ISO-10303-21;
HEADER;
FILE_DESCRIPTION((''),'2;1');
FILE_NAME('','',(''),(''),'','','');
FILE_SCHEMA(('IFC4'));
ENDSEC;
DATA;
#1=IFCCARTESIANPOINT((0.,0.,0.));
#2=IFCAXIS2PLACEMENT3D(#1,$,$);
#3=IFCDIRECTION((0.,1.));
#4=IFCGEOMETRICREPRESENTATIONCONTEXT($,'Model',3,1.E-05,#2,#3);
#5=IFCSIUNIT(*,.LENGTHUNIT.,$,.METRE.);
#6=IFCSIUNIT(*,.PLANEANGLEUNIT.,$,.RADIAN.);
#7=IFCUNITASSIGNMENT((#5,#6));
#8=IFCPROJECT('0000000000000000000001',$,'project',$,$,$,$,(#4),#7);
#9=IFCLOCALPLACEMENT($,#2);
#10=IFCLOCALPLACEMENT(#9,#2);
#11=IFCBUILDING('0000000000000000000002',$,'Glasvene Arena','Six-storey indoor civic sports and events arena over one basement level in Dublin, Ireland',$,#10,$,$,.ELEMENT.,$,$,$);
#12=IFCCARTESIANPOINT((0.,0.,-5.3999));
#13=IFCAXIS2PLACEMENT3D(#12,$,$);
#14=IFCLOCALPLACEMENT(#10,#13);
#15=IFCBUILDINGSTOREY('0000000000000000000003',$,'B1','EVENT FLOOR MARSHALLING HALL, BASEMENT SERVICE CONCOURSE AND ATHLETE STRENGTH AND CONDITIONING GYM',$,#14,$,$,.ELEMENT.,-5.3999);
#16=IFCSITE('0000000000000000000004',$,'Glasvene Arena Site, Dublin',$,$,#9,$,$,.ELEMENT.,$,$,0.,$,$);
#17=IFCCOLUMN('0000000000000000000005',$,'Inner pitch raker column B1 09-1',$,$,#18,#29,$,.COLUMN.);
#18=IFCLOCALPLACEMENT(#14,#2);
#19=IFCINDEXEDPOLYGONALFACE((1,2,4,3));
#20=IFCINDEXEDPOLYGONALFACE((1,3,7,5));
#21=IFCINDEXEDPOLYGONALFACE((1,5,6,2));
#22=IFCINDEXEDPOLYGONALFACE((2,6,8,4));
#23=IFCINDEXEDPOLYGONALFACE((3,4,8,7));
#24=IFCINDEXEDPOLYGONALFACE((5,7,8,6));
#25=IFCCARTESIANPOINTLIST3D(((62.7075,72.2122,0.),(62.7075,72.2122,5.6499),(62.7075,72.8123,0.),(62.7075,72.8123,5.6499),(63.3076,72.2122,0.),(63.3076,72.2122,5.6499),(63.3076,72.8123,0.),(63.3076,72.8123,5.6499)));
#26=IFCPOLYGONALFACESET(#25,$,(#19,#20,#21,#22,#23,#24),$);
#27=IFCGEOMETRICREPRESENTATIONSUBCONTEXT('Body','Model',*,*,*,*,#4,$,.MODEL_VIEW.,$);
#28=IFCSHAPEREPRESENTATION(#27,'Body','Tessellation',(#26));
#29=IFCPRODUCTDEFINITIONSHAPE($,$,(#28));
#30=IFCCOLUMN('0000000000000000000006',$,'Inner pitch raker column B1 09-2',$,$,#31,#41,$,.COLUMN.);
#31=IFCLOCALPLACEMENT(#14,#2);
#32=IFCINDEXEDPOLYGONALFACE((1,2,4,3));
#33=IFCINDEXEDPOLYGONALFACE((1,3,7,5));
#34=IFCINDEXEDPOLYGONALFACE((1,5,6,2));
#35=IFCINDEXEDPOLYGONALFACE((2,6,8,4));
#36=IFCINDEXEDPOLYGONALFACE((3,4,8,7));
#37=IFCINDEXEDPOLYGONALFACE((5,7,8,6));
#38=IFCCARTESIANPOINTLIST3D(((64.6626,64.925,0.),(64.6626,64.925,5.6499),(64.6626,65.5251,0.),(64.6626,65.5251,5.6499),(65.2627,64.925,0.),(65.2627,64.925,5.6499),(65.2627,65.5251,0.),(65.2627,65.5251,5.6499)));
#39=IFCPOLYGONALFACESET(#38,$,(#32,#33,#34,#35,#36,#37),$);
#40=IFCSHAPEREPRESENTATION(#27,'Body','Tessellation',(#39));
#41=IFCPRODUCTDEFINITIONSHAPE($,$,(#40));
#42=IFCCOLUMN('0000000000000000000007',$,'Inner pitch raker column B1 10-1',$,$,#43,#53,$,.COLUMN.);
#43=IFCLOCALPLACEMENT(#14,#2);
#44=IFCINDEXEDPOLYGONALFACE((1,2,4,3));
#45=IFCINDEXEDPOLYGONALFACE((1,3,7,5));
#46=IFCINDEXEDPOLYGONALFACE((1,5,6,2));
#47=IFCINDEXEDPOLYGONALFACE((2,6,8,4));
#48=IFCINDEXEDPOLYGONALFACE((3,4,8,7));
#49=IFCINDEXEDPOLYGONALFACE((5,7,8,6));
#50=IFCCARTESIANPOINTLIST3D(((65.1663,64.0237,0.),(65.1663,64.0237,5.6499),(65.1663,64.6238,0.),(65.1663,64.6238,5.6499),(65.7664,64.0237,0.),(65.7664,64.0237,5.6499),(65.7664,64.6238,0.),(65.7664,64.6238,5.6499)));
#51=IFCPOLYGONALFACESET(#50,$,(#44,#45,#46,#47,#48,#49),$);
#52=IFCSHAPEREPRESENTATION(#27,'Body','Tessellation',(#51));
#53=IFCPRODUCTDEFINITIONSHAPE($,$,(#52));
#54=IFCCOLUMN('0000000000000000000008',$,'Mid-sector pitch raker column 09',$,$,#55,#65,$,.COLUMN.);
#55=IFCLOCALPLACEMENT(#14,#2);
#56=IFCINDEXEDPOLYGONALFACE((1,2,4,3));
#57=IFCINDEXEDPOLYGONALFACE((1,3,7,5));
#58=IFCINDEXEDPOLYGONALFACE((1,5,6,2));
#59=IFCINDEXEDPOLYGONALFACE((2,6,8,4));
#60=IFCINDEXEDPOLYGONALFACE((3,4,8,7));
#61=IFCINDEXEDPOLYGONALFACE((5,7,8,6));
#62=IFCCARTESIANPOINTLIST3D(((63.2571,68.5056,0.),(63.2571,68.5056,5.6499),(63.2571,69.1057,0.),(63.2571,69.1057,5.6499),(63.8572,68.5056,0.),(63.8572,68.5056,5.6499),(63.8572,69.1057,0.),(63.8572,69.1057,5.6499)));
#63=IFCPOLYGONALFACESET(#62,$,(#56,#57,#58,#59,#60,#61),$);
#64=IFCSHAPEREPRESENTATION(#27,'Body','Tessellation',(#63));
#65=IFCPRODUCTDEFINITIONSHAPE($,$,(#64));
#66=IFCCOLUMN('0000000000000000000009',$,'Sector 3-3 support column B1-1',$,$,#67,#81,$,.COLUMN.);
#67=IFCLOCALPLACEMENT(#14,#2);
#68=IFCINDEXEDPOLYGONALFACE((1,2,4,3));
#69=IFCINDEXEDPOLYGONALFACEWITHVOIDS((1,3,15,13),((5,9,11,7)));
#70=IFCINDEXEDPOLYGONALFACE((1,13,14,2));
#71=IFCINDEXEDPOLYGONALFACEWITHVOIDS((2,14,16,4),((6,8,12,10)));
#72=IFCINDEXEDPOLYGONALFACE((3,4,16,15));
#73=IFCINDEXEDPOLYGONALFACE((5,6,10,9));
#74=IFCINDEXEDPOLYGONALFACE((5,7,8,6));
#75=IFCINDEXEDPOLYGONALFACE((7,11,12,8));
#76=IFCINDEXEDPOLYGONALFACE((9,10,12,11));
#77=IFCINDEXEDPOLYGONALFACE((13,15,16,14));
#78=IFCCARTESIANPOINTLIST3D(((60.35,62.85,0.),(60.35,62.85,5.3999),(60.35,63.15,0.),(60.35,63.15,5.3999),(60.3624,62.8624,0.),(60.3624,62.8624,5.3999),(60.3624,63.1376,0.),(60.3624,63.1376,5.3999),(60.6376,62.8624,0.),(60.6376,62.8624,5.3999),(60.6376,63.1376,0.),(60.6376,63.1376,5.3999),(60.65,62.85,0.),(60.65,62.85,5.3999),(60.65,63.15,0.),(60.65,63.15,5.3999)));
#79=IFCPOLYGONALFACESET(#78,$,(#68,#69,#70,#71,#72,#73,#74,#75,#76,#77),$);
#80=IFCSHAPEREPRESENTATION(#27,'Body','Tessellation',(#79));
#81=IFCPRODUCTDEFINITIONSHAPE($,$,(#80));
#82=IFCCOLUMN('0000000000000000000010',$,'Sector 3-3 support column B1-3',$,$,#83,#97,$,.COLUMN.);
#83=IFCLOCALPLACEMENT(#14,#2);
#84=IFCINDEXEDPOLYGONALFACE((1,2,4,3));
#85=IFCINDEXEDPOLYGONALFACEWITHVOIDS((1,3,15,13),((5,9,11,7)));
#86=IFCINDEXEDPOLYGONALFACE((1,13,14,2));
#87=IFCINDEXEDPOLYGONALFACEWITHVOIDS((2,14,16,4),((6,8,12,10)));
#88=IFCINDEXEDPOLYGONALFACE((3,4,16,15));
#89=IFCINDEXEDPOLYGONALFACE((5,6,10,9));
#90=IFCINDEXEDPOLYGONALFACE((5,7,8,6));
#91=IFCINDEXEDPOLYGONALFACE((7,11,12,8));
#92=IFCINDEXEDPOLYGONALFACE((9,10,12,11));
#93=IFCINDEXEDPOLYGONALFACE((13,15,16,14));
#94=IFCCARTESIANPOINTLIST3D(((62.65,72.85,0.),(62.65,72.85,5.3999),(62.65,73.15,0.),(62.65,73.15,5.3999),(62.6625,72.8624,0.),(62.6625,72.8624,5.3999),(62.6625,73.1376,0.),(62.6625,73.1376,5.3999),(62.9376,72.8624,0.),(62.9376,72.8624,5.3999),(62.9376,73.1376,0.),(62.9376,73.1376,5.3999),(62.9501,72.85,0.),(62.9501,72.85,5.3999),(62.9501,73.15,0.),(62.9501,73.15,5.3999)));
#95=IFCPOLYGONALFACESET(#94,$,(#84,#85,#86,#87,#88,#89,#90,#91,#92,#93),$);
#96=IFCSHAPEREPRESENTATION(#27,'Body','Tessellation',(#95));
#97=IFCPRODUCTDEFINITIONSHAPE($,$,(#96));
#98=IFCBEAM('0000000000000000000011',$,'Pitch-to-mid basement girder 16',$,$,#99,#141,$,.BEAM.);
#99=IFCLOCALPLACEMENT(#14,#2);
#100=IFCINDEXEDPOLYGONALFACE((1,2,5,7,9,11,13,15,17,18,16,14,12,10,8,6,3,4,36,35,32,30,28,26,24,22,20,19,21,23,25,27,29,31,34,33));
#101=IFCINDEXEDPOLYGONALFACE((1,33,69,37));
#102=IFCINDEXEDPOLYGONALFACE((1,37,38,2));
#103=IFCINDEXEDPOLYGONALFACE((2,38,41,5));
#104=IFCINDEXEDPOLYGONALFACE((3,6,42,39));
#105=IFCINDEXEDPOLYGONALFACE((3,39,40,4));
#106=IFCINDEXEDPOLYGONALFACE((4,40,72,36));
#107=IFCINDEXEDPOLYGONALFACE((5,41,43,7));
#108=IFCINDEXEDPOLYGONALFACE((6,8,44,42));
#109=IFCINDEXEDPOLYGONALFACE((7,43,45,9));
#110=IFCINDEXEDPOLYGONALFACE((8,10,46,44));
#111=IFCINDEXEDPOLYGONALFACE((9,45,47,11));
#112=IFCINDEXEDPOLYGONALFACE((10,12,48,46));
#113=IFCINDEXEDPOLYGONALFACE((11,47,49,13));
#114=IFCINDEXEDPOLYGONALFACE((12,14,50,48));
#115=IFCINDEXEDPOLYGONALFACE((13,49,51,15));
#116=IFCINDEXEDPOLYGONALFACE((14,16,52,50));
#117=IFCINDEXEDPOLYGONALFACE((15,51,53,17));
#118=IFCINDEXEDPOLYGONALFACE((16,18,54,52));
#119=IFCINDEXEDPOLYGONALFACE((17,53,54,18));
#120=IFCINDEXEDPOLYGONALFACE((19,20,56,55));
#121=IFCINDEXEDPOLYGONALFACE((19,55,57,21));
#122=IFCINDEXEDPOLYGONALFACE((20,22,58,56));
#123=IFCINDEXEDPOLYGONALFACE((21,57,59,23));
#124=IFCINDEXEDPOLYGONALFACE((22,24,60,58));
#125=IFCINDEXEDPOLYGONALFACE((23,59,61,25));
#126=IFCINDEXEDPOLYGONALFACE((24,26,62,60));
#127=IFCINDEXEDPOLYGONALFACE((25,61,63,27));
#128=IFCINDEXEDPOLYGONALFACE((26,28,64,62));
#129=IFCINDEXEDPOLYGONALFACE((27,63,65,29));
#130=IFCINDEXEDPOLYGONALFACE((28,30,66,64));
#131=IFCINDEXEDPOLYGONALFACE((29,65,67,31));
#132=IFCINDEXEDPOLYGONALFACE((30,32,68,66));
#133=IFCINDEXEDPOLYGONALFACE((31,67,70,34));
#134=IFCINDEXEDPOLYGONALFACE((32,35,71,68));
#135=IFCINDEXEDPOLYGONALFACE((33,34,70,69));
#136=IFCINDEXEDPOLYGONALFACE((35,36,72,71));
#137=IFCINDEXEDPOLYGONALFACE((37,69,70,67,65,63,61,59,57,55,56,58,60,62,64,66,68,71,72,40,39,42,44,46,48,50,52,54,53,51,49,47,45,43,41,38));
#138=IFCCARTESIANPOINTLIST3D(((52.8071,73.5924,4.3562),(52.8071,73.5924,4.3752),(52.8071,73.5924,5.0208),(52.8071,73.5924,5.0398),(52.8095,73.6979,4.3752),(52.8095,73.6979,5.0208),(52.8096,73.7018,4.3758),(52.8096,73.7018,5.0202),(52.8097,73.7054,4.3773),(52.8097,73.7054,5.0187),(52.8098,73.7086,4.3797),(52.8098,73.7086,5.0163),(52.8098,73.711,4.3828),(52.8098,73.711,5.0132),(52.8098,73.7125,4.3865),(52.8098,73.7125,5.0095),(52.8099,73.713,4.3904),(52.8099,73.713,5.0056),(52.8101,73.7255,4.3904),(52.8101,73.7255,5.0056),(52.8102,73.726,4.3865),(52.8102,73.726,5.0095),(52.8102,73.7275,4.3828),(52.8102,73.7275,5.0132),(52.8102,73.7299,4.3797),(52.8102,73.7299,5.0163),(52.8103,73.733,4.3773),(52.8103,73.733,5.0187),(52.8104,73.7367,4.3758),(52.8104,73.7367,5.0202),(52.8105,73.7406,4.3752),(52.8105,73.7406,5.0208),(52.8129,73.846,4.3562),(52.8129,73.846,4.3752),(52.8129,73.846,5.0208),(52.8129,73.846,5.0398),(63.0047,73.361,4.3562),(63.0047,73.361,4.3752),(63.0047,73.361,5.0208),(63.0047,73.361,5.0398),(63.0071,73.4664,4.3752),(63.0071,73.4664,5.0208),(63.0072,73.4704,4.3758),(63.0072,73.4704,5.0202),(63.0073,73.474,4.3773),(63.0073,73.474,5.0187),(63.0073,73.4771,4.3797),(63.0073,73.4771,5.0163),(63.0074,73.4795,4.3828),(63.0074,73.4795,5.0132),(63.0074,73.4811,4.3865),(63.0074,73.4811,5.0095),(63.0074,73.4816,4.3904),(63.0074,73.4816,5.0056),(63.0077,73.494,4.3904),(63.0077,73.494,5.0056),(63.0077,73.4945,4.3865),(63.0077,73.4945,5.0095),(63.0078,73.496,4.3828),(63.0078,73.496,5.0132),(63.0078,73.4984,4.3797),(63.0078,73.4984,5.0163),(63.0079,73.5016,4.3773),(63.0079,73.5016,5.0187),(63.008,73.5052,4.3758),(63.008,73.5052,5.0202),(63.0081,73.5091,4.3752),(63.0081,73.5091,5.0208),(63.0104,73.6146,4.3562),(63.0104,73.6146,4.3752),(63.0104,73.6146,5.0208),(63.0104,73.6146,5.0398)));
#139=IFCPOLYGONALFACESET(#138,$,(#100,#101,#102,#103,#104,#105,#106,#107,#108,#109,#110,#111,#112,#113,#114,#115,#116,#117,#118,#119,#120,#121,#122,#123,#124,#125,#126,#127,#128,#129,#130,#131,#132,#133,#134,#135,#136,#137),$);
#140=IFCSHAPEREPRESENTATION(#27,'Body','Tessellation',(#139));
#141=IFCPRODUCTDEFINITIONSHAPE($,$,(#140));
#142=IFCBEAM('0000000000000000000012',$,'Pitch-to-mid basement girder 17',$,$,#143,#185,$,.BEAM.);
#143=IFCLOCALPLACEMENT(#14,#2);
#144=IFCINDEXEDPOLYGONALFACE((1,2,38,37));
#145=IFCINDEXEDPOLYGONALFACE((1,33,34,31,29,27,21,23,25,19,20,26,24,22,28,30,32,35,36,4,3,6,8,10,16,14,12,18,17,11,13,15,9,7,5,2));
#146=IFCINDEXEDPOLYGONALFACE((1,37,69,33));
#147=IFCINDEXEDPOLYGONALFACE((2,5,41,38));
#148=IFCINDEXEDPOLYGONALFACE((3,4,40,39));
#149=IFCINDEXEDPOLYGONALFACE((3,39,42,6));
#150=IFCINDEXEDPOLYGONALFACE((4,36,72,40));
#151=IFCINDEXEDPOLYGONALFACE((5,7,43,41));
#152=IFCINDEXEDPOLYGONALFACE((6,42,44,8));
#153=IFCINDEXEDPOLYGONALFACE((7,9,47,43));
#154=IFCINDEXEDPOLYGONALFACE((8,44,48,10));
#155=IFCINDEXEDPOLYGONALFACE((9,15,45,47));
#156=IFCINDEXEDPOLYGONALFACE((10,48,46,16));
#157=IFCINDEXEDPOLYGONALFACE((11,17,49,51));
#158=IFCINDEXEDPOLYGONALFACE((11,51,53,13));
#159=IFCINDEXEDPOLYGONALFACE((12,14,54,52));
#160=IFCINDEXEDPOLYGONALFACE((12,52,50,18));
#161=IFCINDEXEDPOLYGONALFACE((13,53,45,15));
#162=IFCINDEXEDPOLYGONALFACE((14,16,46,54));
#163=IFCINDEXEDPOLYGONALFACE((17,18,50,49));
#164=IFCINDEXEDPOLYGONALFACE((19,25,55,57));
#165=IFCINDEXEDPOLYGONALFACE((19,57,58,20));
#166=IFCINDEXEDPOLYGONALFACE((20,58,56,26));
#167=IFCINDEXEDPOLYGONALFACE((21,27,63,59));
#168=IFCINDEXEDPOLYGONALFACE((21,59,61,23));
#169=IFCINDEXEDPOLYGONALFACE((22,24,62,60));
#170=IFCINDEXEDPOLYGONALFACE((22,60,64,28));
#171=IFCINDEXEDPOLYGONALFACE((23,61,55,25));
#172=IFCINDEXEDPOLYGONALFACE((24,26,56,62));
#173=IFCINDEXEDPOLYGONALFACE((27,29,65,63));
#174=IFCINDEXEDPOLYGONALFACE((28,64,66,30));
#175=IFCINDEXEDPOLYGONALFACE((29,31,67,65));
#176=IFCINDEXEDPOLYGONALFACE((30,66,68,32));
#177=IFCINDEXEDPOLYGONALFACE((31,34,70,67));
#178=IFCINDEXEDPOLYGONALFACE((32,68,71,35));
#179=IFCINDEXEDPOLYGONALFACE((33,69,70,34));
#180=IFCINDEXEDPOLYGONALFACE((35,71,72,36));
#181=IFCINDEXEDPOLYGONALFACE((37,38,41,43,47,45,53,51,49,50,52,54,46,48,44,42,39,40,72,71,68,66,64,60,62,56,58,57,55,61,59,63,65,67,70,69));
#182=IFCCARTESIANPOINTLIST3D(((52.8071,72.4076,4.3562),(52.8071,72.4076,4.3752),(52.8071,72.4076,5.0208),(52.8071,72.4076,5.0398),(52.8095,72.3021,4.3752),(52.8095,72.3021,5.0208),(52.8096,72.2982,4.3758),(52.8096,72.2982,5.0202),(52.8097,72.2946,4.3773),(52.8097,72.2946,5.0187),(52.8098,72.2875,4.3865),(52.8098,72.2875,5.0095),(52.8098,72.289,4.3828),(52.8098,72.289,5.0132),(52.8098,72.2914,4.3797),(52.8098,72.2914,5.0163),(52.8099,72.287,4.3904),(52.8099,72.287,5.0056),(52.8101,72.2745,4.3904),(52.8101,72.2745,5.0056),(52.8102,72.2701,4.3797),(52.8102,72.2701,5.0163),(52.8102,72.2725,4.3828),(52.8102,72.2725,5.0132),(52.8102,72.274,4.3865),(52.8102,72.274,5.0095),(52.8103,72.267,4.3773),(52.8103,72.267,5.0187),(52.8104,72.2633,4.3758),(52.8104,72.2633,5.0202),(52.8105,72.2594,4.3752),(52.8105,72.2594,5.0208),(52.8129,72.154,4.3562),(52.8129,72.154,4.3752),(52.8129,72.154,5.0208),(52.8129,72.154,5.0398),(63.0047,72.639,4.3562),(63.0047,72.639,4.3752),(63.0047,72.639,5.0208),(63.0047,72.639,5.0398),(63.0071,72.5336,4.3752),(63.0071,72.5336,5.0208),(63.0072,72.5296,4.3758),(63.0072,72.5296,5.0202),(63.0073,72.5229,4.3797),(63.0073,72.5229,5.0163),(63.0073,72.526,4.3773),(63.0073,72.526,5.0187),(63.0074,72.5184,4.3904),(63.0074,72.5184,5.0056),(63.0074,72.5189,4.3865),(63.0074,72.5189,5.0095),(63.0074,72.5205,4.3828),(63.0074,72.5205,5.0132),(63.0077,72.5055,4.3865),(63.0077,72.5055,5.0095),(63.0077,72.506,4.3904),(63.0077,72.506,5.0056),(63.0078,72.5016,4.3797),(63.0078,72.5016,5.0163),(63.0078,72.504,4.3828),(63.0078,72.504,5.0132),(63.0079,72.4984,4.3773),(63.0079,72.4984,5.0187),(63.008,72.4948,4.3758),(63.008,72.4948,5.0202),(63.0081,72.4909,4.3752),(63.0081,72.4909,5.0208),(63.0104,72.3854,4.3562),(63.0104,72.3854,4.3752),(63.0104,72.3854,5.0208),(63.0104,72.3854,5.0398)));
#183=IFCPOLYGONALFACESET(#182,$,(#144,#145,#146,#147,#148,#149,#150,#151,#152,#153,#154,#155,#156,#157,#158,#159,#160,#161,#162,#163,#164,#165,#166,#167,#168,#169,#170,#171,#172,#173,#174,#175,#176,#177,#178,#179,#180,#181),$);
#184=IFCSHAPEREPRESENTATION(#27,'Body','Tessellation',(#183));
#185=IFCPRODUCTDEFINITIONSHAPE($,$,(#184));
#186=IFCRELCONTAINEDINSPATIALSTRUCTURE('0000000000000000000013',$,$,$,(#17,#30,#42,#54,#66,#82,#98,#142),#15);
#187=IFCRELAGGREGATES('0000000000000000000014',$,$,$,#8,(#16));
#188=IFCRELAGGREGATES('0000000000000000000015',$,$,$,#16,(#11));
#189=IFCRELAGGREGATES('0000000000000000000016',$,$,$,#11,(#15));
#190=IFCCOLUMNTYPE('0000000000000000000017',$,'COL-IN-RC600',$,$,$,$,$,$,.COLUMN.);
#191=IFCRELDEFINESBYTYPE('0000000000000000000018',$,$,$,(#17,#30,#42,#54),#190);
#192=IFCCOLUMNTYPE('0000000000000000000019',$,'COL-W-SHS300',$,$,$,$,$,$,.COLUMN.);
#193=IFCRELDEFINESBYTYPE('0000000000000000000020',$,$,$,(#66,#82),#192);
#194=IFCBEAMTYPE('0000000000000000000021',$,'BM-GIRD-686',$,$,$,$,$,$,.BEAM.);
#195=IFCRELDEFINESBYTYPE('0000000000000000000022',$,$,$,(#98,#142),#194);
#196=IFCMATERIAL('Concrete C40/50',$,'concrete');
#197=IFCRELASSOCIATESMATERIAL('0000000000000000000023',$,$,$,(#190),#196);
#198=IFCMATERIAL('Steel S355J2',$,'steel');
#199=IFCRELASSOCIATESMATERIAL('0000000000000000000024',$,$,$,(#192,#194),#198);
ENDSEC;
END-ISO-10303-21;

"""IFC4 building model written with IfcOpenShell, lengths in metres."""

from ifc_helpers import new_model, si_unit, direction, frame, origin, origin_2d, place, context, subcontext, project, spatial, rectangle, hollow_rectangle, i_section, extrude, material, material_profile, profile_set, type_object, element, save


model = new_model("IFC4")

# Units and contexts
model_context = context("Model", 3, precision=1e-05, world=origin(), true_north=direction((0.0, 1.0)))
body_context = subcontext(model_context, "Body", "Model", "MODEL_VIEW")
ifc_project = project(units=[si_unit("LENGTHUNIT", "METRE"), si_unit("PLANEANGLEUNIT", "RADIAN")], contexts=[model_context])

# Site, building, storey
site_placement = place(None, origin())
site = spatial("IfcSite", under=ifc_project, at=site_placement, Name="Glasvene Arena Site, Dublin", CompositionType="ELEMENT", RefElevation=0.0)
building_placement = place(site_placement, origin())
building = spatial("IfcBuilding", under=site, at=building_placement, Name="Glasvene Arena", Description="Six-storey indoor civic sports and events arena over one basement level in Dublin, Ireland", CompositionType="ELEMENT")
storey_placement = place(building_placement, frame((0.0, 0.0, -5.3999)))
storey = spatial("IfcBuildingStorey", under=building, at=storey_placement, Name="B1", Description="EVENT FLOOR MARSHALLING HALL, BASEMENT SERVICE CONCOURSE AND ATHLETE STRENGTH AND CONDITIONING GYM", CompositionType="ELEMENT", Elevation=-5.3999)

# Shared definitions
ifc_material_1 = material(Name="Concrete C40/50", Category="concrete")

# Columns
ifc_material_profile_1 = material_profile(ifc_material_1, rectangle(XDim=0.6001, YDim=0.6001, at=origin_2d()), Name="RC 600x600")
ifc_profile_set_1 = profile_set([ifc_material_profile_1], Name="Concrete C40/50")
column_type_1 = type_object("IfcColumnType", Name="COL-IN-RC600", PredefinedType="COLUMN", material=ifc_profile_set_1)
for number, where, z_axis, x_axis, name in (
    (1, (63.0076, 72.5122, 0.0), (0.0, 0.0, 1.0), (1.0, 0.0, 0.0), "Inner pitch raker column B1 09-1"),
    (2, (64.9626, 65.2251, 0.0), (0.0, 0.0, 1.0), (1.0, 0.0, 0.0), "Inner pitch raker column B1 09-2"),
    (3, (65.4663, 64.3237, 0.0), (0.0, 0.0, 1.0), (1.0, 0.0, 0.0), "Inner pitch raker column B1 10-1"),
    (4, (63.5571, 68.8057, 0.0), (0.0, 0.0, 1.0), (1.0, 0.0, 0.0), "Mid-sector pitch raker column 09"),
):
    element("IfcColumn", number, at=place(storey_placement, frame(where, z_axis=z_axis, x_axis=x_axis)), inside=storey, type_object=column_type_1, Name=name, PredefinedType="COLUMN", context=body_context, shape_type="SweptSolid", body=[
        extrude(rectangle(XDim=0.6001, YDim=0.6001, at=origin_2d()), origin(), (0.0, 0.0, 1.0), 5.6499),
    ])
ifc_material_2 = material(Name="Steel S355J2", Category="steel")
ifc_material_profile_2 = material_profile(ifc_material_2, hollow_rectangle(XDim=0.3, YDim=0.3, WallThickness=0.0125, at=origin_2d()), Name="SHS 300x300x12.5")
ifc_profile_set_2 = profile_set([ifc_material_profile_2], Name="Steel S355J2")
column_type_2 = type_object("IfcColumnType", Name="COL-W-SHS300", PredefinedType="COLUMN", material=ifc_profile_set_2)
for number, where, z_axis, x_axis, name in (
    (5, (60.5, 63.0, 0.0), (0.0, 0.0, 1.0), (1.0, 0.0, 0.0), "Sector 3-3 support column B1-1"),
    (6, (62.8, 73.0, 0.0), (0.0, 0.0, 1.0), (1.0, 0.0, 0.0), "Sector 3-3 support column B1-3"),
):
    element("IfcColumn", number, at=place(storey_placement, frame(where, z_axis=z_axis, x_axis=x_axis)), inside=storey, type_object=column_type_2, Name=name, PredefinedType="COLUMN", context=body_context, shape_type="SweptSolid", body=[
        extrude(hollow_rectangle(XDim=0.3, YDim=0.3, WallThickness=0.0125, at=origin_2d()), origin(), (0.0, 0.0, 1.0), 5.3999),
    ])

# Beams
ifc_material_profile_3 = material_profile(ifc_material_2, i_section(OverallWidth=0.2537, OverallDepth=0.6836, WebThickness=0.0125, FlangeThickness=0.019, FilletRadius=0.0151, at=origin_2d()), Name="UKB 686x254x140")
ifc_profile_set_3 = profile_set([ifc_material_profile_3], Name="Steel S355J2")
beam_type = type_object("IfcBeamType", Name="BM-GIRD-686", PredefinedType="BEAM", material=ifc_profile_set_3)
for number, where, z_axis, x_axis, name in (
    (7, (63.0076, 73.4878, 4.698), (-0.999743, 0.02269, 0.0), (-0.02269, -0.999743, 0.0), "Pitch-to-mid basement girder 16"),
    (8, (63.0076, 72.5122, 4.698), (-0.999743, -0.02269, 0.0), (0.02269, -0.999743, 0.0), "Pitch-to-mid basement girder 17"),
):
    element("IfcBeam", number, at=place(storey_placement, frame(where, z_axis=z_axis, x_axis=x_axis)), inside=storey, type_object=beam_type, Name=name, PredefinedType="BEAM", context=body_context, shape_type="SweptSolid", body=[
        extrude(i_section(OverallWidth=0.2537, OverallDepth=0.6836, WebThickness=0.0125, FlangeThickness=0.019, FilletRadius=0.0151, at=origin_2d()), origin(), (0.0, 0.0, 1.0), 10.2002),
    ])

save(model, "model.ifc")
